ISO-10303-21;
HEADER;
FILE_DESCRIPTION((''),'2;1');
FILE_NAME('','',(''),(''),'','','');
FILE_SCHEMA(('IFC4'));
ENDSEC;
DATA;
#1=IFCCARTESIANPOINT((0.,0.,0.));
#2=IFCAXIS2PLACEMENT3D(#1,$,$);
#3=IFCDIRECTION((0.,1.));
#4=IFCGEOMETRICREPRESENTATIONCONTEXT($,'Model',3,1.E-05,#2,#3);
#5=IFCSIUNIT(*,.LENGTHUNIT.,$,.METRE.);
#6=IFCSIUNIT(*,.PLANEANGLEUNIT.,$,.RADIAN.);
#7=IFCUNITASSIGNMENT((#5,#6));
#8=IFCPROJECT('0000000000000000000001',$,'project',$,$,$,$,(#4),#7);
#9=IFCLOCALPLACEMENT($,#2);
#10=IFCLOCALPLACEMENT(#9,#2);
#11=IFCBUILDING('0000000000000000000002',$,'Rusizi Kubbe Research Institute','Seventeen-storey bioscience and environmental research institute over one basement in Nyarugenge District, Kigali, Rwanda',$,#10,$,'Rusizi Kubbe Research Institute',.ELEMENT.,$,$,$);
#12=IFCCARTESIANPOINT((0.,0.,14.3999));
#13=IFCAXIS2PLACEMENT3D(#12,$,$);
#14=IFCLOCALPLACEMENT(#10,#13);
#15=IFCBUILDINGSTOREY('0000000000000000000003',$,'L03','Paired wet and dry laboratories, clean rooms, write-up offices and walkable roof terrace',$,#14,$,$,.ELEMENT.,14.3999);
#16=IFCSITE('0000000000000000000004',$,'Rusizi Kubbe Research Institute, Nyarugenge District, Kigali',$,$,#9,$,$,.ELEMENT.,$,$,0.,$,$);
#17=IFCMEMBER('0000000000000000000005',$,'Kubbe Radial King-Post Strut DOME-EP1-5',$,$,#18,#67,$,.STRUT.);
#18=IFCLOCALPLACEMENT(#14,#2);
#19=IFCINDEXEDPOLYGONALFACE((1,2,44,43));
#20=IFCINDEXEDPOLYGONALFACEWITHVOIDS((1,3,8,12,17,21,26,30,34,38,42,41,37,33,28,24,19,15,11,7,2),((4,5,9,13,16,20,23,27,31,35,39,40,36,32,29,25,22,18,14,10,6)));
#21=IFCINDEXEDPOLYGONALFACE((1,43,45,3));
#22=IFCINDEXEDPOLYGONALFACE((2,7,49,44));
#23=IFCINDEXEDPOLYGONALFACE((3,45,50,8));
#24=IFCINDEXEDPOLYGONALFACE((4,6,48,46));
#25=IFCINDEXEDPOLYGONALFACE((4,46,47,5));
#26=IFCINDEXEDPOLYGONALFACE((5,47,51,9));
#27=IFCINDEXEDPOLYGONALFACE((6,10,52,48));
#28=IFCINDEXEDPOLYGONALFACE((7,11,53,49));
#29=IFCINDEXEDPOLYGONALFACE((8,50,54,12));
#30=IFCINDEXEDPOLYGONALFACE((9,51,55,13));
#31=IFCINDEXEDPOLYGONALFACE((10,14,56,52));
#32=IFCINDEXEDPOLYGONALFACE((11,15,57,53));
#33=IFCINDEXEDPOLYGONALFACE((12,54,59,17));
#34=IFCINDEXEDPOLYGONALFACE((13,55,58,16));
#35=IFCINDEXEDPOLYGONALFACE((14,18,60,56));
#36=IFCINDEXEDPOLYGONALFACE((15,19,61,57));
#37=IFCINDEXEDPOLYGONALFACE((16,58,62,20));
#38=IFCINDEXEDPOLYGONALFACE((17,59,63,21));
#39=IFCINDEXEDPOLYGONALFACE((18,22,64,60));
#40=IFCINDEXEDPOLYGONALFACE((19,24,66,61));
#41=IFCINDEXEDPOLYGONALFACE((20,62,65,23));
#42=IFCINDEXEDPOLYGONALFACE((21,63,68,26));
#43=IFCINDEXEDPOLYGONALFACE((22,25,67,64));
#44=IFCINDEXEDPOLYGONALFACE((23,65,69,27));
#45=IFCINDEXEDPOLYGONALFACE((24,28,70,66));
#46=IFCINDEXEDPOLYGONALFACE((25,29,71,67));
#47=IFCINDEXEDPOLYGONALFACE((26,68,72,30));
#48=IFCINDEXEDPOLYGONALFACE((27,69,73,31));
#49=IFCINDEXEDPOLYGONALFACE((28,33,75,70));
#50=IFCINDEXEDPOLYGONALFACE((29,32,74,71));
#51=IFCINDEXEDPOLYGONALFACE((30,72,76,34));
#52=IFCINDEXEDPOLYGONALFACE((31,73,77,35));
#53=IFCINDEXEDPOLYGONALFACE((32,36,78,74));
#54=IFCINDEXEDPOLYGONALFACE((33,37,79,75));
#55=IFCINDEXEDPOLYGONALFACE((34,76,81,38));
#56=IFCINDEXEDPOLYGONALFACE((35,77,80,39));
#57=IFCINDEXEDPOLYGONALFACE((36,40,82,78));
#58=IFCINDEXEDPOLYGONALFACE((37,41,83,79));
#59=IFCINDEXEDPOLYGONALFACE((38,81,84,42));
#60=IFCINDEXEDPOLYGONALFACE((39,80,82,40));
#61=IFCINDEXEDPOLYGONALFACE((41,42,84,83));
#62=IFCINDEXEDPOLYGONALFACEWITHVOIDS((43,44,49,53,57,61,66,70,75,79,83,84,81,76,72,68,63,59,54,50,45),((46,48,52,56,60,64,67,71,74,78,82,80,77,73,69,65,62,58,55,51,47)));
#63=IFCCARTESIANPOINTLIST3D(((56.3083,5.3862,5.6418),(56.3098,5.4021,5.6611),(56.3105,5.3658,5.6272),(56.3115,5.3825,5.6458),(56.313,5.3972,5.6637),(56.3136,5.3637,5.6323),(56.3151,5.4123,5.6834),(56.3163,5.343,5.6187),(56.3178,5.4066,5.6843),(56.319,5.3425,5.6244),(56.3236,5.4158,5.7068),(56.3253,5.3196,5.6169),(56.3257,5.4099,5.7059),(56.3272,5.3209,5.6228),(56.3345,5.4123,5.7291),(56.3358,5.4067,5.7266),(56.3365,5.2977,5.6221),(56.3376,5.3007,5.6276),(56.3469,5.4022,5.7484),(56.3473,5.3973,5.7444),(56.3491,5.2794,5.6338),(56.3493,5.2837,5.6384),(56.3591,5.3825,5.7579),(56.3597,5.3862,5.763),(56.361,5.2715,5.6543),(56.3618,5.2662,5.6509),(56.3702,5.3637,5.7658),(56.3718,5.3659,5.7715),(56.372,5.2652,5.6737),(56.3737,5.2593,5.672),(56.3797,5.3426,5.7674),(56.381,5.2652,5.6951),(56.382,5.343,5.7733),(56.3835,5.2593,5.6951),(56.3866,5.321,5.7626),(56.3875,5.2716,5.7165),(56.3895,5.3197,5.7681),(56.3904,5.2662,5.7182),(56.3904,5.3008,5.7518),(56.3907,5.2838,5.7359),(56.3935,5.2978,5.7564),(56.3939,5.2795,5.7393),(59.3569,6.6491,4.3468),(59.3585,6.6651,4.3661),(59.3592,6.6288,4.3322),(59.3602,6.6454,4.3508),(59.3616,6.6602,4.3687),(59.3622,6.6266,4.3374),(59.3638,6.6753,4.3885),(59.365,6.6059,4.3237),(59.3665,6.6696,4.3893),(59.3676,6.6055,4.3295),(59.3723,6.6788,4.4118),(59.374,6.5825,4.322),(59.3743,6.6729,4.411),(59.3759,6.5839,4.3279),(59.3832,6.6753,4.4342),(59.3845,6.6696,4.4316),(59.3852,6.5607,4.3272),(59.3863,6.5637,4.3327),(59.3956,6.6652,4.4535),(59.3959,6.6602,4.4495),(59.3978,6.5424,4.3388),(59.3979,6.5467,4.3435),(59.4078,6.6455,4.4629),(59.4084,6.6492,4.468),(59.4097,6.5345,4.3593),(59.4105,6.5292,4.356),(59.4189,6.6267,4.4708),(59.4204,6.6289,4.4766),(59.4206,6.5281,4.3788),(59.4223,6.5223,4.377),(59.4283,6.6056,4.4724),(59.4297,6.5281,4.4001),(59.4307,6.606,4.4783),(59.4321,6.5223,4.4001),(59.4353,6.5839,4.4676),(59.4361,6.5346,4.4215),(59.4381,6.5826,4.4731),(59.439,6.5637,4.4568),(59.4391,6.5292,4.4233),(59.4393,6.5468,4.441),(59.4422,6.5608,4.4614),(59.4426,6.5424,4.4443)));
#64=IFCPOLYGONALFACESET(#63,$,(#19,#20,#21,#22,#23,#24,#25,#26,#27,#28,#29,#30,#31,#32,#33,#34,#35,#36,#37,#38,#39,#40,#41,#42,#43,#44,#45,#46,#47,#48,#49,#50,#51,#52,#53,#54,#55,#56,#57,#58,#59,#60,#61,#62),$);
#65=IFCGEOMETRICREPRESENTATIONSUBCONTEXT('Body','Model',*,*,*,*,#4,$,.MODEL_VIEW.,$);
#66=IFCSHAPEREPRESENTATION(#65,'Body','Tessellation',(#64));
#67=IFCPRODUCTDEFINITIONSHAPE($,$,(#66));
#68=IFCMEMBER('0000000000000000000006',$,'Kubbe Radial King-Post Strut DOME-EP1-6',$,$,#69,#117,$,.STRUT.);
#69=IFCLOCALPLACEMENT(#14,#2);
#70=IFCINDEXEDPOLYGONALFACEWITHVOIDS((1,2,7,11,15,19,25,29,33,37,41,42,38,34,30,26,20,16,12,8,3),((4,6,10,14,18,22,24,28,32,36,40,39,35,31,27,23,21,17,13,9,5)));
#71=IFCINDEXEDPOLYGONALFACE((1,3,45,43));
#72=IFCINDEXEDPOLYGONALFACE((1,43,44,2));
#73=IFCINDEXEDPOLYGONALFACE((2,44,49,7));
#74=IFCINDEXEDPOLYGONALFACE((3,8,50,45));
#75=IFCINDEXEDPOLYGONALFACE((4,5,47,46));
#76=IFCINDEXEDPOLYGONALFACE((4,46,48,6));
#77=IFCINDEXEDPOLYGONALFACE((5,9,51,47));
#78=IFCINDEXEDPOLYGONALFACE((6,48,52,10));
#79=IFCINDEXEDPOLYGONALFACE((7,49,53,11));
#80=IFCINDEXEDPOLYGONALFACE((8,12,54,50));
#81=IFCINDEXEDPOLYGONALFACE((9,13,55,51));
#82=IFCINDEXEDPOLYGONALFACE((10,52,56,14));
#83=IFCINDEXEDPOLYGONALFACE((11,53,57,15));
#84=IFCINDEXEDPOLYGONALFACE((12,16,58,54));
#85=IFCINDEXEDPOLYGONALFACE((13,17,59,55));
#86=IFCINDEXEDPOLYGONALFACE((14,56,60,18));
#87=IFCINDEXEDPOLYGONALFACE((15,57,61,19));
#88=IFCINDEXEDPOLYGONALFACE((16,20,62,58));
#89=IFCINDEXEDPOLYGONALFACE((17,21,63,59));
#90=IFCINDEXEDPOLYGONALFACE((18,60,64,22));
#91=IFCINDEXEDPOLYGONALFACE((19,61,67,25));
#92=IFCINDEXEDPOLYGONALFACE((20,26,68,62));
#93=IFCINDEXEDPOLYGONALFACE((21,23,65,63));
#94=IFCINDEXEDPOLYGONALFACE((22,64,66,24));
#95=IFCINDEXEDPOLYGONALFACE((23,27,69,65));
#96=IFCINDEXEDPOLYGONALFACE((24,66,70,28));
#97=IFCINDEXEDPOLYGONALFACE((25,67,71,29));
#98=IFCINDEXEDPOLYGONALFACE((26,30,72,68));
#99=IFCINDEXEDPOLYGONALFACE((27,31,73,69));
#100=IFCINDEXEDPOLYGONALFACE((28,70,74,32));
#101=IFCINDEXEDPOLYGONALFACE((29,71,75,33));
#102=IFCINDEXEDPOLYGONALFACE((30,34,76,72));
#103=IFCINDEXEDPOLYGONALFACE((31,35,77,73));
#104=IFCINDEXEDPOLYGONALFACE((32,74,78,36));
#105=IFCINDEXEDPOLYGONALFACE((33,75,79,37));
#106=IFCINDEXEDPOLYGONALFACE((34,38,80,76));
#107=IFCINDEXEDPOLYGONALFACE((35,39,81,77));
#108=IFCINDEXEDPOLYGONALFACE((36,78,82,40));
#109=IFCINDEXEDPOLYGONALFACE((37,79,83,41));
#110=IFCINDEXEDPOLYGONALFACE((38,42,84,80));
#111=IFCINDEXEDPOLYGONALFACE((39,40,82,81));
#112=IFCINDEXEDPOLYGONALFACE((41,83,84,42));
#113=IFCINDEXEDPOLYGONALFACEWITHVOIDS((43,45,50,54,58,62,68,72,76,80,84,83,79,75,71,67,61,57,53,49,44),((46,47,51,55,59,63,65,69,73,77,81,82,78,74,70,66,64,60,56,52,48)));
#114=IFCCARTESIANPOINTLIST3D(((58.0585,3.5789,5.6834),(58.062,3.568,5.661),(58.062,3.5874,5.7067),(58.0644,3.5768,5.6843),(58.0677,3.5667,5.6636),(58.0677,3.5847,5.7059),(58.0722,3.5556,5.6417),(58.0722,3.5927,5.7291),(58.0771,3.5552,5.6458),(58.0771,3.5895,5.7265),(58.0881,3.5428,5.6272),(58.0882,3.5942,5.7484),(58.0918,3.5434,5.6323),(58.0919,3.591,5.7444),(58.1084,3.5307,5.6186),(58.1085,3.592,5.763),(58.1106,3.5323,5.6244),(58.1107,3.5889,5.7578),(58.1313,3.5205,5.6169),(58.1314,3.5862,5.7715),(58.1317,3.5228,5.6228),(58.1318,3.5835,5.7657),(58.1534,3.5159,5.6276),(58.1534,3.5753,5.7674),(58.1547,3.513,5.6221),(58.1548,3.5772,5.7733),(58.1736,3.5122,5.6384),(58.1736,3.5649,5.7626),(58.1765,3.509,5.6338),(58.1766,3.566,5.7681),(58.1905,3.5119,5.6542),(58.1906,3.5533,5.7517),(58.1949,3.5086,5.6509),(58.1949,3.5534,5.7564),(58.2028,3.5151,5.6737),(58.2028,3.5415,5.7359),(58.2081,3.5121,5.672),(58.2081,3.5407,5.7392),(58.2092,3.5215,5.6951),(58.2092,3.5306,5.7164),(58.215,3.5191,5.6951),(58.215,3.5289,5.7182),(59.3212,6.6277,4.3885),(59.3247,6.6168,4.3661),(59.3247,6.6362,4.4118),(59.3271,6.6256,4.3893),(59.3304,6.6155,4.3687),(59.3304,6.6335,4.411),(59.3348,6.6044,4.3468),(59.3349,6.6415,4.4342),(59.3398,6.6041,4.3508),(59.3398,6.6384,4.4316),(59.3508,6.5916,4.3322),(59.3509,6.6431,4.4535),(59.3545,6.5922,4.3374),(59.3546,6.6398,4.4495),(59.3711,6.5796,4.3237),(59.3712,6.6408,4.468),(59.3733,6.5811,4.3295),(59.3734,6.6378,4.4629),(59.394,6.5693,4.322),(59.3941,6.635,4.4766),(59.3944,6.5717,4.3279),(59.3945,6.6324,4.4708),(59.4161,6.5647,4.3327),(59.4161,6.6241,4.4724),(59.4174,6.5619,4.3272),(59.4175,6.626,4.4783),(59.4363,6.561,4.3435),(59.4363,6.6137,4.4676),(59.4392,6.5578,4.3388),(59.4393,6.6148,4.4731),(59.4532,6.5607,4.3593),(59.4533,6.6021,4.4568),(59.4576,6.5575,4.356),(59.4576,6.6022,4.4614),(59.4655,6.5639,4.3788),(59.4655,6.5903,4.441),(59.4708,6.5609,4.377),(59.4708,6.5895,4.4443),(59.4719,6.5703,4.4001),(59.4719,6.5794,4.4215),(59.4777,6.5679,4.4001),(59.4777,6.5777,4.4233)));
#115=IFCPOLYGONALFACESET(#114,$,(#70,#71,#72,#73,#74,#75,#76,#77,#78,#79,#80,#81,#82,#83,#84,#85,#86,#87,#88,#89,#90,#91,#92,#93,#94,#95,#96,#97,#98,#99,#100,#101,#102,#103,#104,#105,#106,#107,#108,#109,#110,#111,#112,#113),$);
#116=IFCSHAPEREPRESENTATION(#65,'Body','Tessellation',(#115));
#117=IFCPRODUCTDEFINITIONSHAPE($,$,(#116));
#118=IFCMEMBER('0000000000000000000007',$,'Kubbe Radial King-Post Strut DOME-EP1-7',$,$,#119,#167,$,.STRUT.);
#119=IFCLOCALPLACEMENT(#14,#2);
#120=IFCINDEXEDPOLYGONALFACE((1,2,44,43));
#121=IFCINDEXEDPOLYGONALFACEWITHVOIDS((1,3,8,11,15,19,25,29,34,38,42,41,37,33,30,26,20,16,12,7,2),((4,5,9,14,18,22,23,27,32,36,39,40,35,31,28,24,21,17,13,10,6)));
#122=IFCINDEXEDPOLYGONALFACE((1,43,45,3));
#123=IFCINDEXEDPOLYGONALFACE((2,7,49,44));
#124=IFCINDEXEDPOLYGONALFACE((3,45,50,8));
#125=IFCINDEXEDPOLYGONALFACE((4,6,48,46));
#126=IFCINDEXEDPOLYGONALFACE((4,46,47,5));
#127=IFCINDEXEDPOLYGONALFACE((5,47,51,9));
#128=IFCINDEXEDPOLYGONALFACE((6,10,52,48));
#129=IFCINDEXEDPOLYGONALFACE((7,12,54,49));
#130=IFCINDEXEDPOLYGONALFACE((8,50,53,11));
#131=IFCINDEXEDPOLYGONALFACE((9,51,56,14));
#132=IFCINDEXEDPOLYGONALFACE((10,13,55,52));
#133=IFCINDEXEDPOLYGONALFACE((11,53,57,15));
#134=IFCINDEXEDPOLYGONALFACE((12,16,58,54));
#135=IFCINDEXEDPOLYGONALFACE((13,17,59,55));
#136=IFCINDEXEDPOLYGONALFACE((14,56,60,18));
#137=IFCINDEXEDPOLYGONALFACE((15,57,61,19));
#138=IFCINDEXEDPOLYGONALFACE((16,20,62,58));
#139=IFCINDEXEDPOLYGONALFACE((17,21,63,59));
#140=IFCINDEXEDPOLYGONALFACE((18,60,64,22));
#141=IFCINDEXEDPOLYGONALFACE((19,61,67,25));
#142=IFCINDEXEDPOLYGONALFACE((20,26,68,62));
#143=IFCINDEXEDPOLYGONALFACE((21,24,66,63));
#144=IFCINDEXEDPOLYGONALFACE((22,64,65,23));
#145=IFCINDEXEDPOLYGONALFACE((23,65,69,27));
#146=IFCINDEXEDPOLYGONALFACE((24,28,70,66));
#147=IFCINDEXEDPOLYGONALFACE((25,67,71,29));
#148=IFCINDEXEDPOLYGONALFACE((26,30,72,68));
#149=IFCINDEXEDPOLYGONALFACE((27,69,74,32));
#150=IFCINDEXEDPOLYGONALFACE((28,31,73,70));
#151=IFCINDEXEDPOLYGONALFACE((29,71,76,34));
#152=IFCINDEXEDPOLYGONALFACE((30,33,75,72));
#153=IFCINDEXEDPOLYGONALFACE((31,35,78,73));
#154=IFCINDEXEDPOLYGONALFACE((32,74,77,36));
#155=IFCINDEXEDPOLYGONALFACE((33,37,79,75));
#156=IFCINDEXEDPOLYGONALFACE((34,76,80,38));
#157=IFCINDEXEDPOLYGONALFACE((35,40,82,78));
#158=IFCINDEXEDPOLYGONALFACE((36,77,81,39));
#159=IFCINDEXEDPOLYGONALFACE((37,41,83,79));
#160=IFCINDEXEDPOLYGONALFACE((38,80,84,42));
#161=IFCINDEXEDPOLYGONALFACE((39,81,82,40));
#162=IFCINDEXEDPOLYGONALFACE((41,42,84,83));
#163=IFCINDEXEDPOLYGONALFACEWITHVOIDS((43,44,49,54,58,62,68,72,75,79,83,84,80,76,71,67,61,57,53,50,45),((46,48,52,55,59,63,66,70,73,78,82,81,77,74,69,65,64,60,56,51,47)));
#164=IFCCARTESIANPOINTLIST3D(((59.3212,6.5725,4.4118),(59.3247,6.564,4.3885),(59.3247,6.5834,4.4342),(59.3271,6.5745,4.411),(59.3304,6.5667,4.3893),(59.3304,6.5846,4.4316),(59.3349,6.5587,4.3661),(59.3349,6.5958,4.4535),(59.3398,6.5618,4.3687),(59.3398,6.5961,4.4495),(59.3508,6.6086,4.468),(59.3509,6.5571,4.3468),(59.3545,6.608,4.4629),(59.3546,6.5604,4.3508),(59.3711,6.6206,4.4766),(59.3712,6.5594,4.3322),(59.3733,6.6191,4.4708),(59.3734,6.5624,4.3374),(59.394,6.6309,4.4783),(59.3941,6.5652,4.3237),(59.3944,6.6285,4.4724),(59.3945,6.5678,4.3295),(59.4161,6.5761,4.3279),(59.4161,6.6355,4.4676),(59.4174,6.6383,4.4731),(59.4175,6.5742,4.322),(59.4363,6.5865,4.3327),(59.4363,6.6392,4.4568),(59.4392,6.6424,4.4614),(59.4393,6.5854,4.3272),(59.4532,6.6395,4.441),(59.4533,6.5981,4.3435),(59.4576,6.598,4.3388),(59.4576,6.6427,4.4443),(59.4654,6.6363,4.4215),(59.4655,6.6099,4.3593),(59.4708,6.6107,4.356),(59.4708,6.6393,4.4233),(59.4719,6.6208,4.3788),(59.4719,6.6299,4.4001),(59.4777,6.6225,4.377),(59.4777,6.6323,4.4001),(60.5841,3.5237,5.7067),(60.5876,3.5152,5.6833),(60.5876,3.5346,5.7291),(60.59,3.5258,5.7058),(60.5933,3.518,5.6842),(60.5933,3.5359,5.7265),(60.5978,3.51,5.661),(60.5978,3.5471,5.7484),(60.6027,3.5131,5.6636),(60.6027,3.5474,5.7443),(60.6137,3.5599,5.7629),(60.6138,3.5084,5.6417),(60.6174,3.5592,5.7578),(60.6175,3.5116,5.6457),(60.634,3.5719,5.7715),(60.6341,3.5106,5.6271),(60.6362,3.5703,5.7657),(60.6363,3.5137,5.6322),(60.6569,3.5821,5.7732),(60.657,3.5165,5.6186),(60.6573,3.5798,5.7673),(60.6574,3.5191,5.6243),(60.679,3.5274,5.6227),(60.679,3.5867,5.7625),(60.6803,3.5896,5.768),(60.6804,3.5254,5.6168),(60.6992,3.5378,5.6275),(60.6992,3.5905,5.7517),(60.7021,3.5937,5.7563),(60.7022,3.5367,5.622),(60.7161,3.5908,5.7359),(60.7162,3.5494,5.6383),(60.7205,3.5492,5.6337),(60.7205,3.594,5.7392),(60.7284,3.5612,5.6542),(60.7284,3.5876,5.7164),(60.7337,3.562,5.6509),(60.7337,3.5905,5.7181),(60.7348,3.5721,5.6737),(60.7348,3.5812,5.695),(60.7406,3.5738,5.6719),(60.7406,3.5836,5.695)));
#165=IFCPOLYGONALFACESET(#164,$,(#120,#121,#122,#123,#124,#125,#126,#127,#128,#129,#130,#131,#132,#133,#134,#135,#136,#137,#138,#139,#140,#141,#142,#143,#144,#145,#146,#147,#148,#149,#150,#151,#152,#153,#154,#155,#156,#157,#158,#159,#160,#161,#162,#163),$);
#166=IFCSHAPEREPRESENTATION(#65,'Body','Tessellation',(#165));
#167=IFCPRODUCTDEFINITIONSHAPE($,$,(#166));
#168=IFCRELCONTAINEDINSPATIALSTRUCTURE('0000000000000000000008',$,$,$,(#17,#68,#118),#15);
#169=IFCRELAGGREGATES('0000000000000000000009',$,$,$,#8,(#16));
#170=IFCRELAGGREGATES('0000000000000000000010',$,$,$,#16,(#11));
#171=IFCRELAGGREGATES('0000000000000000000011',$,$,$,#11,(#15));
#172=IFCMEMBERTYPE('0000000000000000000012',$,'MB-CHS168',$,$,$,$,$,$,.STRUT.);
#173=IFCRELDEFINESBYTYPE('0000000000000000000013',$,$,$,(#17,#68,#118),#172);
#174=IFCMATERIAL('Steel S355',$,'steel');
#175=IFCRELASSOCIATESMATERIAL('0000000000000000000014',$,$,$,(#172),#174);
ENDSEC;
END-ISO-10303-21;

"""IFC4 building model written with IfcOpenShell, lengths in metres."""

from ifc_helpers import new_model, si_unit, direction, frame, origin, origin_2d, place, context, subcontext, project, spatial, hollow_circle, extrude, material, material_profile, profile_set, type_object, element, save


model = new_model("IFC4")

# Units and contexts
model_context = context("Model", 3, precision=1e-05, world=origin(), true_north=direction((0.0, 1.0)))
body_context = subcontext(model_context, "Body", "Model", "MODEL_VIEW")
ifc_project = project(units=[si_unit("LENGTHUNIT", "METRE"), si_unit("PLANEANGLEUNIT", "RADIAN")], contexts=[model_context])

# Site, building, storey
site_placement = place(None, origin())
site = spatial("IfcSite", under=ifc_project, at=site_placement, Name="Rusizi Kubbe Research Institute, Nyarugenge District, Kigali", CompositionType="ELEMENT", RefElevation=0.0)
building_placement = place(site_placement, origin())
building = spatial("IfcBuilding", under=site, at=building_placement, Name="Rusizi Kubbe Research Institute", Description="Seventeen-storey bioscience and environmental research institute over one basement in Nyarugenge District, Kigali, Rwanda", LongName="Rusizi Kubbe Research Institute", CompositionType="ELEMENT")
storey_placement = place(building_placement, frame((0.0, 0.0, 14.3999)))
storey = spatial("IfcBuildingStorey", under=building, at=storey_placement, Name="L03", Description="Paired wet and dry laboratories, clean rooms, write-up offices and walkable roof terrace", CompositionType="ELEMENT", Elevation=14.3999)

# Members
ifc_material_1 = material(Name="Steel S355", Category="steel")
ifc_material_profile_1 = material_profile(ifc_material_1, hollow_circle(Radius=0.0842, WallThickness=0.0063, at=origin_2d()), Name="CHS 168.3x6.3")
ifc_profile_set_1 = profile_set([ifc_material_profile_1], Name="Steel S355")
member_type_1 = type_object("IfcMemberType", Name="MB-CHS168", PredefinedType="STRUT", material=ifc_profile_set_1)
for number, where, z_axis, x_axis, name in (
    (1, (59.3999, 6.6001, 4.4001), (-0.860013, -0.356278, 0.3653), (0.382729, -0.923861, 0.0), "Kubbe Radial King-Post Strut DOME-EP1-5"),
    (2, (59.3999, 6.6001, 4.4001), (-0.356197, -0.860052, 0.365288), (0.923898, -0.382639, 0.0), "Kubbe Radial King-Post Strut DOME-EP1-6"),
    (3, (59.3999, 6.6001, 4.4001), (0.356257, -0.86003, 0.365279), (0.923872, 0.382702, 0.0), "Kubbe Radial King-Post Strut DOME-EP1-7"),
):
    element("IfcMember", number, at=place(storey_placement, frame(where, z_axis=z_axis, x_axis=x_axis)), inside=storey, type_object=member_type_1, Name=name, PredefinedType="STRUT", context=body_context, shape_type="SweptSolid", body=[
        extrude(hollow_circle(Radius=0.0842, WallThickness=0.0063, at=origin_2d()), origin(), (0.0, 0.0, 1.0), 3.5449),
    ])

save(model, "model.ifc")
